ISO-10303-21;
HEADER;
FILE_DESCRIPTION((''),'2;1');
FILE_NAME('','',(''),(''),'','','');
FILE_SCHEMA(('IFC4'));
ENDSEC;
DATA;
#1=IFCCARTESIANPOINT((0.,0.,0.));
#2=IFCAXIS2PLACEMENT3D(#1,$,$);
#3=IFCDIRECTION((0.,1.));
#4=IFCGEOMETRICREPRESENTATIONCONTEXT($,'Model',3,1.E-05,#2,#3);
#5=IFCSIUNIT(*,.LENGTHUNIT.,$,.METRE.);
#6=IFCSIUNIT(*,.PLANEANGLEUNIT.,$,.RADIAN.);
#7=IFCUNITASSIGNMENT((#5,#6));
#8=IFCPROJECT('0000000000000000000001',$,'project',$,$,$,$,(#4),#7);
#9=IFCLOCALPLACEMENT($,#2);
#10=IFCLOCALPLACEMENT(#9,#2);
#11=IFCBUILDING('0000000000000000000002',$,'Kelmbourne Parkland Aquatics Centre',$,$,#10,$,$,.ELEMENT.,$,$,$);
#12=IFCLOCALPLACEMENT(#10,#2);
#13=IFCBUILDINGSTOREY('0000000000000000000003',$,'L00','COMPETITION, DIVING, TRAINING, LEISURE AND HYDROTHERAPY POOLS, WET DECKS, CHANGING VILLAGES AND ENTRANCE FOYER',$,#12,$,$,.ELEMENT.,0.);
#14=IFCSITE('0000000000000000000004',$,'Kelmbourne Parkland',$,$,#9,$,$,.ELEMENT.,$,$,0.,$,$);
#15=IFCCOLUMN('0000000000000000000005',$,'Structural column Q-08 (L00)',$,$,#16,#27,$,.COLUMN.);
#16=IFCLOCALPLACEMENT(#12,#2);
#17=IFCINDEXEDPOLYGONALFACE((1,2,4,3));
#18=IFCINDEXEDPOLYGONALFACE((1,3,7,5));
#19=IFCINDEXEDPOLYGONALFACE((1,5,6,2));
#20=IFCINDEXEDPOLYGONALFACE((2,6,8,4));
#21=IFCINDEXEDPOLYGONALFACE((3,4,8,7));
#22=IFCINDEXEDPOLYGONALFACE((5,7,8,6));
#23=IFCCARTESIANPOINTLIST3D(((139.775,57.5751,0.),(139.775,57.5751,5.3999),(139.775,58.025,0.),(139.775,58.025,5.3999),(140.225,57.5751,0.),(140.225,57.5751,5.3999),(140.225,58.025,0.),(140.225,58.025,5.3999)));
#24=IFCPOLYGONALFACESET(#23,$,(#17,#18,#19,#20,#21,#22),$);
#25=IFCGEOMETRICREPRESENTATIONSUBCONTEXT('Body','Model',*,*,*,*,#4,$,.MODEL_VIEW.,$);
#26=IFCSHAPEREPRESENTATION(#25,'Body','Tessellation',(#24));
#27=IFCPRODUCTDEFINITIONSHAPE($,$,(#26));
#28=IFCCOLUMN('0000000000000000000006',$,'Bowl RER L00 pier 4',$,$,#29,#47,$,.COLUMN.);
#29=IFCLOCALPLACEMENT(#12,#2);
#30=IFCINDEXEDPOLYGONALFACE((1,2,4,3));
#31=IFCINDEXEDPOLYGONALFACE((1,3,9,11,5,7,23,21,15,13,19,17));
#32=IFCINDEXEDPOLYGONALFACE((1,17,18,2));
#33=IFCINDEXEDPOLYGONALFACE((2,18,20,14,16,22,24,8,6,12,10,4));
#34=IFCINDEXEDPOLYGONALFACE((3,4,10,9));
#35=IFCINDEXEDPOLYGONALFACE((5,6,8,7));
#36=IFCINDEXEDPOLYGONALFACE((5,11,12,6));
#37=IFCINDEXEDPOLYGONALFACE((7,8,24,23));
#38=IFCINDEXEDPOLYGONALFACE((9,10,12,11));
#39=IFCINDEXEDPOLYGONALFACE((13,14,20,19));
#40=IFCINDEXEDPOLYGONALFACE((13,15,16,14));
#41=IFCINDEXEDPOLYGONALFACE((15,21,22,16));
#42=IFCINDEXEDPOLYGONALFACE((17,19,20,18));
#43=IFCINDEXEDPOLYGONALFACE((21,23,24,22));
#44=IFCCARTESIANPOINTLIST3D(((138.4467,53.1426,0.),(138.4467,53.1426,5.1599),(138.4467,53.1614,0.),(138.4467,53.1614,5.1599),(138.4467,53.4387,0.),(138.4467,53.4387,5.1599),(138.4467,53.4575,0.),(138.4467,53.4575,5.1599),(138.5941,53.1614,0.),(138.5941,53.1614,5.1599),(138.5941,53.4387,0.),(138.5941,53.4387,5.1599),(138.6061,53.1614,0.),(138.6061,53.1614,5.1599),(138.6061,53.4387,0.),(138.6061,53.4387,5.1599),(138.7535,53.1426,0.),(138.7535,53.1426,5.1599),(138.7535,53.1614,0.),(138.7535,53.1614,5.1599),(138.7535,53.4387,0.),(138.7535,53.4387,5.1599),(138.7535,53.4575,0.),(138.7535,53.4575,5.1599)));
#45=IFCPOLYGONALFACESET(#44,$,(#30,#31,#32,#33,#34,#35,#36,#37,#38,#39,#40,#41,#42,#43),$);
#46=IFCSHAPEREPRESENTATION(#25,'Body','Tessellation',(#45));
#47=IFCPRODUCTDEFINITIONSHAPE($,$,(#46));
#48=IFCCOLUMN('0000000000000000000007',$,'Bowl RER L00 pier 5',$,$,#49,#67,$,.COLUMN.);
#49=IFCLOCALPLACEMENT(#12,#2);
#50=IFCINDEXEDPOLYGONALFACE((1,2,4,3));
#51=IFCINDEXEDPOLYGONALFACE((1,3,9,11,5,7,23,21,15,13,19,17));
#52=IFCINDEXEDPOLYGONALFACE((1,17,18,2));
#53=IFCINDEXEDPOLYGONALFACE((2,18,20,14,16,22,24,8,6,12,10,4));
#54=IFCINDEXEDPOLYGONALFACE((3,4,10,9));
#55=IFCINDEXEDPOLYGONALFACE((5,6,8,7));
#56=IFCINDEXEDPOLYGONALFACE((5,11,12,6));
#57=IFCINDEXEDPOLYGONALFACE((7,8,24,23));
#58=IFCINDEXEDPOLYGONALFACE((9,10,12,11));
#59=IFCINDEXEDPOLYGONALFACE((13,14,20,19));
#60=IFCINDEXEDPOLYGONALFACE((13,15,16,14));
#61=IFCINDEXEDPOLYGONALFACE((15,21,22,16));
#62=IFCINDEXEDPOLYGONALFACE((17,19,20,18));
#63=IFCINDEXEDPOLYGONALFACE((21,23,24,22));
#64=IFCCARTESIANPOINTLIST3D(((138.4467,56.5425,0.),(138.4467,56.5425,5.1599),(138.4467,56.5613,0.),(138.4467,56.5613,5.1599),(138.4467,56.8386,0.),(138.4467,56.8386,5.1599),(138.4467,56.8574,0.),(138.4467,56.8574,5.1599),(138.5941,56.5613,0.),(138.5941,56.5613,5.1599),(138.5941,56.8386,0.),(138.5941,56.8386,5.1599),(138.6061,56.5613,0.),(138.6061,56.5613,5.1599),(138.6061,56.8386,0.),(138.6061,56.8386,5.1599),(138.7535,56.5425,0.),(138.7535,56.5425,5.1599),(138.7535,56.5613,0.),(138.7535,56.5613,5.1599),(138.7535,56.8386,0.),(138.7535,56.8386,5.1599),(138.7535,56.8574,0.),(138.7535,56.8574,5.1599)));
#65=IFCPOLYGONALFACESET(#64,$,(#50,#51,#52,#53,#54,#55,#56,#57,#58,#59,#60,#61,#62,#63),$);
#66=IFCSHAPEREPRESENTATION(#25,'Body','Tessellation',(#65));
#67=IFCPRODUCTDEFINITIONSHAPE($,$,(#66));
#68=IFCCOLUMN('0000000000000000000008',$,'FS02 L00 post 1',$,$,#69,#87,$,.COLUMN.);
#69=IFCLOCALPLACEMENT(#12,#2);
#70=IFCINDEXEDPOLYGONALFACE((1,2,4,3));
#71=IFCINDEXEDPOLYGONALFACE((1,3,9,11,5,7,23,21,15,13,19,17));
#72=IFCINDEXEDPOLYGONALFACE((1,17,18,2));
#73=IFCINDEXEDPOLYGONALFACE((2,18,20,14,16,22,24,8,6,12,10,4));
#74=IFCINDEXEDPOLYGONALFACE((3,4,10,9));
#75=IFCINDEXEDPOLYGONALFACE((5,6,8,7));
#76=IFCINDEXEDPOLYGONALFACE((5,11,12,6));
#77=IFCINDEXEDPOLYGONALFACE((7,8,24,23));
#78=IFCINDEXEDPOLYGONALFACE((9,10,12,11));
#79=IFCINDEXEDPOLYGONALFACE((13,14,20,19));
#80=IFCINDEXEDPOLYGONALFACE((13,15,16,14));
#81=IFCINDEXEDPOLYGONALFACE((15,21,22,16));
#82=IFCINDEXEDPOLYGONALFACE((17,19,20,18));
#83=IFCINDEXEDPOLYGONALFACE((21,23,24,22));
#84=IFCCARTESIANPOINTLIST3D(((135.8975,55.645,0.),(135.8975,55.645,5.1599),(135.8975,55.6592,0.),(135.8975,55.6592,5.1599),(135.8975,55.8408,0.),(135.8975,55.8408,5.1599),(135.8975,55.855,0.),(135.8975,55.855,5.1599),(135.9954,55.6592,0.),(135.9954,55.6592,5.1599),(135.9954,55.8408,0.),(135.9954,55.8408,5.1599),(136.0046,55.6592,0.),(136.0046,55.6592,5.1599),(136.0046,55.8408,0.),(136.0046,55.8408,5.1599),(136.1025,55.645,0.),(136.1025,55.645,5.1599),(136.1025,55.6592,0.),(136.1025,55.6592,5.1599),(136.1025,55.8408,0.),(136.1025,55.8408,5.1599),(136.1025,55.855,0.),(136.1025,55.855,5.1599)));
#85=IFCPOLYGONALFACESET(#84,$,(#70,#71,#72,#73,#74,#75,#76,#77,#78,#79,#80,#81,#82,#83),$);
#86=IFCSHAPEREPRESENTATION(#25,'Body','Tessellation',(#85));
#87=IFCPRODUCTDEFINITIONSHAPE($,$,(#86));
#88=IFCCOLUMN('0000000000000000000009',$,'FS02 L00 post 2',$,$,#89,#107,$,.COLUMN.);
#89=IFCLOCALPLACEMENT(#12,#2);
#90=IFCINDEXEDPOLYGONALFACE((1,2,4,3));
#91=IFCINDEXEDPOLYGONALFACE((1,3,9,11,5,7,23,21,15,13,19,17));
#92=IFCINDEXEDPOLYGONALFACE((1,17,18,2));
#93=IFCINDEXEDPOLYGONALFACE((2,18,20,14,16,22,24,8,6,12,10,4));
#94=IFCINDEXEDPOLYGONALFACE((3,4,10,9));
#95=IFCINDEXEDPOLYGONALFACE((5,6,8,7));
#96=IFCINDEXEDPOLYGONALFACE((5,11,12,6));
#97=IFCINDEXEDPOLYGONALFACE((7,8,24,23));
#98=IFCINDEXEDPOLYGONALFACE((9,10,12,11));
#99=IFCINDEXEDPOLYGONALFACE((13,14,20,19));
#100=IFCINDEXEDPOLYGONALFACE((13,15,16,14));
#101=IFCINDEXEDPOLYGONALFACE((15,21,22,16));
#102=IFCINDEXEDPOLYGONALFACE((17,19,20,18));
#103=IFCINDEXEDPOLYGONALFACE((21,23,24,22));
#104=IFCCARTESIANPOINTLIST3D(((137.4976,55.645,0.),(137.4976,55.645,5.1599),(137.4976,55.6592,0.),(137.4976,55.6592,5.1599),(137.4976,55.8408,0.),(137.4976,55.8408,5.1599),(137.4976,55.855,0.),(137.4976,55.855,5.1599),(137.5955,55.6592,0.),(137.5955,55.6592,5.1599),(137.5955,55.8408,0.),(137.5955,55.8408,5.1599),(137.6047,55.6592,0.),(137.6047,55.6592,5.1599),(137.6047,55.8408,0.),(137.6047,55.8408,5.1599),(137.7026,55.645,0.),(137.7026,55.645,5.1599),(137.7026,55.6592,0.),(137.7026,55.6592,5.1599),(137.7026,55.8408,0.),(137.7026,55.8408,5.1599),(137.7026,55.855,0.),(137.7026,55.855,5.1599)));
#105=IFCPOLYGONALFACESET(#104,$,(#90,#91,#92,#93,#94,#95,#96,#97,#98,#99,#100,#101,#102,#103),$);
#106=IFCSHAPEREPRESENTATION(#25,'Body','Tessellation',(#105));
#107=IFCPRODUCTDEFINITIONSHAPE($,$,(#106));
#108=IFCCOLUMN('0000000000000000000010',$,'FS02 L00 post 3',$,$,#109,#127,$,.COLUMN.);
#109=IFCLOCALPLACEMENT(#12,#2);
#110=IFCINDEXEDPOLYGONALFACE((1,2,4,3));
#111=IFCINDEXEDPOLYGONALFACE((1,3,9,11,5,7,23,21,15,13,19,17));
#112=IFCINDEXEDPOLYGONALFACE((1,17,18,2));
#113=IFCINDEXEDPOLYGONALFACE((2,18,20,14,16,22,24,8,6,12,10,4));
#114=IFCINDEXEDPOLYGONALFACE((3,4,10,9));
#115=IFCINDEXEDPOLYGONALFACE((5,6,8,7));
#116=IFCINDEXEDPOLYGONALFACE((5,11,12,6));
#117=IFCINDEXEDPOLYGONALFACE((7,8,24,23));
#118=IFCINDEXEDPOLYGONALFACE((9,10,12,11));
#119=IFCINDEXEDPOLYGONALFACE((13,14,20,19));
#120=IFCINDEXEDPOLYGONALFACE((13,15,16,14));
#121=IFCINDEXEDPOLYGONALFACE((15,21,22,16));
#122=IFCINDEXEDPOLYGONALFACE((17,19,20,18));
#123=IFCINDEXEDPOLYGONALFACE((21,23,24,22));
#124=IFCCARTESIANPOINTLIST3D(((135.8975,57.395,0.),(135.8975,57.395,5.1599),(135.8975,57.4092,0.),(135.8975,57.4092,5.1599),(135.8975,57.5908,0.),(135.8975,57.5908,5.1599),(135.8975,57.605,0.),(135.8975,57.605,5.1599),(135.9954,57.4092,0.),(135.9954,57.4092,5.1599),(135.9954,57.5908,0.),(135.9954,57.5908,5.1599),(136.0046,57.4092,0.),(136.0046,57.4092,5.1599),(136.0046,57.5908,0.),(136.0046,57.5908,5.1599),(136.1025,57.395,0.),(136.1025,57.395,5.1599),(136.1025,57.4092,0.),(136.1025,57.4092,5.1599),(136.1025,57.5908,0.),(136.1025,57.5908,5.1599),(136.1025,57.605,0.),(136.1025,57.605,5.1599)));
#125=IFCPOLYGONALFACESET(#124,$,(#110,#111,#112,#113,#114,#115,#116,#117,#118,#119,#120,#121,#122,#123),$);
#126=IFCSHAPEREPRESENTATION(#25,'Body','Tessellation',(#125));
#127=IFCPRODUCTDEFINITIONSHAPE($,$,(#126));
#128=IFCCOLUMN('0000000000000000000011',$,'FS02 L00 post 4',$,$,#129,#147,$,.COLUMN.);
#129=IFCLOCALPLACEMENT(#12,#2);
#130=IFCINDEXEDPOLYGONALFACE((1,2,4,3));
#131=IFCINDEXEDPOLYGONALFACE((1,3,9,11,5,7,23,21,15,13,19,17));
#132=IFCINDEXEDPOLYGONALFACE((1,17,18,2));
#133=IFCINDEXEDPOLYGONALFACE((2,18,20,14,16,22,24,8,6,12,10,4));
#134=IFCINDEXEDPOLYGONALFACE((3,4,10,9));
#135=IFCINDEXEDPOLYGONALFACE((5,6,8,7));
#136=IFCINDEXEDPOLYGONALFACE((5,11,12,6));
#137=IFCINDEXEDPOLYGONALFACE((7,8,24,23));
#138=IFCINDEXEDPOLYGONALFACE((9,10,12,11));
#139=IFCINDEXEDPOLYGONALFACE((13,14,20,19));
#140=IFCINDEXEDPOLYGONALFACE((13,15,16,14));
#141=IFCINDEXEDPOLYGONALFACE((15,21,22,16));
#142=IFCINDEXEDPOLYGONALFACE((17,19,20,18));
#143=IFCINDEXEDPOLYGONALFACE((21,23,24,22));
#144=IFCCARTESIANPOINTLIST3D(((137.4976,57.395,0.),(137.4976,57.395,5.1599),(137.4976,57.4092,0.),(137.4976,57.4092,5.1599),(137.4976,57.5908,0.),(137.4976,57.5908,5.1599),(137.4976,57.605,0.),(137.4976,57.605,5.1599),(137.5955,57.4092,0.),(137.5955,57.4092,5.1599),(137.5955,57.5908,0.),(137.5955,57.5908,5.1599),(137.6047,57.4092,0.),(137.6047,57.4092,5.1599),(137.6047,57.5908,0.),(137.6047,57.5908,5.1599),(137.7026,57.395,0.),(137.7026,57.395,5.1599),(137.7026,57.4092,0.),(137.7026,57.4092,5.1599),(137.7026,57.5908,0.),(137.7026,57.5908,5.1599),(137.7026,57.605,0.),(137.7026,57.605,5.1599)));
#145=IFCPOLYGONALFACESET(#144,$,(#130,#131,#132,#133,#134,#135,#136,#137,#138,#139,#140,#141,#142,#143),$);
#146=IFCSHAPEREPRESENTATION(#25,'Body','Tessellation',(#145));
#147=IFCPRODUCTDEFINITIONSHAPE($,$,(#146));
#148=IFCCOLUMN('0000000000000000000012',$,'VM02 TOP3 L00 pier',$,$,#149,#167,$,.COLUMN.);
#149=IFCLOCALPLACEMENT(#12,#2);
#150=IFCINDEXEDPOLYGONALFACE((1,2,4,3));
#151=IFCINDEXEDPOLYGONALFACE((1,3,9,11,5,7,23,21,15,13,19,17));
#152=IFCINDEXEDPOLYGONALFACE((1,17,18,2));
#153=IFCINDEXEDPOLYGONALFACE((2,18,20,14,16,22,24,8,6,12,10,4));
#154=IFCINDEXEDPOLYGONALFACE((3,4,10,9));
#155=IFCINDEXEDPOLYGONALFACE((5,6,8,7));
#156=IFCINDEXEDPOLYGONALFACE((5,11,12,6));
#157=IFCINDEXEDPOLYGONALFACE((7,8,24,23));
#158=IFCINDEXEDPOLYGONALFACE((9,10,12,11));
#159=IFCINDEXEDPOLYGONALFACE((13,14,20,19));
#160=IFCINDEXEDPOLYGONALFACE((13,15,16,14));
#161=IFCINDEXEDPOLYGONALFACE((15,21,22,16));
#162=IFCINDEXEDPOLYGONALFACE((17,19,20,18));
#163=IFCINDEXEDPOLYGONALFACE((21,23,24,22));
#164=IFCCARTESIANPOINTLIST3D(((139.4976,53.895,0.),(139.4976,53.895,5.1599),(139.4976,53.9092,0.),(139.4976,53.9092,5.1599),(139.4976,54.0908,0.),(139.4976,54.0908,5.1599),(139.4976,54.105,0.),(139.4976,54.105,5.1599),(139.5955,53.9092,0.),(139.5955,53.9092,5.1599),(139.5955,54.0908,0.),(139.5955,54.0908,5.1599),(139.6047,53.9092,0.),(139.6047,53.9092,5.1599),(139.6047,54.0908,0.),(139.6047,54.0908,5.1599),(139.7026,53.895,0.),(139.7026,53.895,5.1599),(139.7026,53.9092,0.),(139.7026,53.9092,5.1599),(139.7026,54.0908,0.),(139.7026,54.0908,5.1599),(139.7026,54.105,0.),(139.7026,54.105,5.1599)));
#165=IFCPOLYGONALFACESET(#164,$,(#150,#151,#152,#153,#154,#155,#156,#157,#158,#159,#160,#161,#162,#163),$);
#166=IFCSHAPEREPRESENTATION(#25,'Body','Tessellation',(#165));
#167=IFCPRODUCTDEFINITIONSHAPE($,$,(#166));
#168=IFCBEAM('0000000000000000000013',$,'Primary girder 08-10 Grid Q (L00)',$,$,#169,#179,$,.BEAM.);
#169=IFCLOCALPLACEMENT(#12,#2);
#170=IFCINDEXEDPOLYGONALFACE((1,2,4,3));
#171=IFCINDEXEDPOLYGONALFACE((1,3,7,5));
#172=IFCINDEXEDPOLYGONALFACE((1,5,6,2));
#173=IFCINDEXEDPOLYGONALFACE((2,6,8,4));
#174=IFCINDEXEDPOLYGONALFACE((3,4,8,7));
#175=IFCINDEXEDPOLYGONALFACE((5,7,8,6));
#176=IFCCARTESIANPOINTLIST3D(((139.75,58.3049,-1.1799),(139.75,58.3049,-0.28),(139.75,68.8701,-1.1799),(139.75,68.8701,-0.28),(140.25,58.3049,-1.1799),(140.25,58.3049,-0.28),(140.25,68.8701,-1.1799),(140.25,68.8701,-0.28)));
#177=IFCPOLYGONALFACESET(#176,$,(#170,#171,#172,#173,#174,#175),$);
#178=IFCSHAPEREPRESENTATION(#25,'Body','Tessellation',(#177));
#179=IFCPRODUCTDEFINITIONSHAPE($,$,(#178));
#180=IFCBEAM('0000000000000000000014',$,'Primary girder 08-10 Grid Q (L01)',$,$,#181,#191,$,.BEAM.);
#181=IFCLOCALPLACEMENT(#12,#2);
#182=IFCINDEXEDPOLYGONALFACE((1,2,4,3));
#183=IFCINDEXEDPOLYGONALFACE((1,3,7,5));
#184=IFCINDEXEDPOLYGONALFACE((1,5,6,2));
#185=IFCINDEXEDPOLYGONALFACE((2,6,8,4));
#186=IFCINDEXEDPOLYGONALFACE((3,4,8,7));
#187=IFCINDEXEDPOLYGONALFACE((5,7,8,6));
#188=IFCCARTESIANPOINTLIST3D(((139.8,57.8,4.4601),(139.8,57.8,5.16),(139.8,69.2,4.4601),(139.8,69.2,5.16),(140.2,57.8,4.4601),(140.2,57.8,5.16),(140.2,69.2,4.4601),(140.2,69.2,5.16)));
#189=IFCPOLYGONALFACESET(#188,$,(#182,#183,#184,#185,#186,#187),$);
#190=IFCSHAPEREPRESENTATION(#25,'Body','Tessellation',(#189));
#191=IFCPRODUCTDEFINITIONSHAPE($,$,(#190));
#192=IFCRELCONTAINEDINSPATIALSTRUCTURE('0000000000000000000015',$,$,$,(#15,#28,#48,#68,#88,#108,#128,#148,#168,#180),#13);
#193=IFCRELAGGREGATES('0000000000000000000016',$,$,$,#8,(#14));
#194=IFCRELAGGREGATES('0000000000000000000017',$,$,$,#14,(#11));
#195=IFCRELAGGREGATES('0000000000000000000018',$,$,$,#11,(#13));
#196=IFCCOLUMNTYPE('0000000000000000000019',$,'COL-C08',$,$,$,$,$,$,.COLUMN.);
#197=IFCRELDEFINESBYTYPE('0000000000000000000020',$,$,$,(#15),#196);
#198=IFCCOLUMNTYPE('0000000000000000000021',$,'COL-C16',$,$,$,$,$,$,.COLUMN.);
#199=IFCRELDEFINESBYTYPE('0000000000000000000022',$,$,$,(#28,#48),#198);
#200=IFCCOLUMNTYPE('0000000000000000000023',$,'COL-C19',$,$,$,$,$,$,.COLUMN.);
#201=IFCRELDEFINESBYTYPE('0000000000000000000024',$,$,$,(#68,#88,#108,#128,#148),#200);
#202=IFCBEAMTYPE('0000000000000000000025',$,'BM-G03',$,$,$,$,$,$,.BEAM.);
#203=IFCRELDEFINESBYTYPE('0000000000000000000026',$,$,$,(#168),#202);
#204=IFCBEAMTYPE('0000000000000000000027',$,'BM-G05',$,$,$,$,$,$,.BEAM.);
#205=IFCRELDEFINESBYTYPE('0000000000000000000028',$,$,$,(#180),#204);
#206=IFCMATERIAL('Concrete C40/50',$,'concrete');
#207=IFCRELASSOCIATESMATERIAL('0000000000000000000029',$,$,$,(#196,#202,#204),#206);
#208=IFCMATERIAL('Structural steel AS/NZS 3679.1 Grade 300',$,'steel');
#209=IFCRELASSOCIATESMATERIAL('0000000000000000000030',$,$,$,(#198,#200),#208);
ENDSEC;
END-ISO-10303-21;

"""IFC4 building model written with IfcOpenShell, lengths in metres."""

from ifc_helpers import new_model, si_unit, direction, frame, origin, origin_2d, place, context, subcontext, project, spatial, rectangle, i_section, extrude, material, material_profile, profile_set, type_object, element, save


model = new_model("IFC4")

# Units and contexts
model_context = context("Model", 3, precision=1e-05, world=origin(), true_north=direction((0.0, 1.0)))
body_context = subcontext(model_context, "Body", "Model", "MODEL_VIEW")
ifc_project = project(units=[si_unit("LENGTHUNIT", "METRE"), si_unit("PLANEANGLEUNIT", "RADIAN")], contexts=[model_context])

# Site, building, storey
site_placement = place(None, origin())
site = spatial("IfcSite", under=ifc_project, at=site_placement, Name="Kelmbourne Parkland", CompositionType="ELEMENT", RefElevation=0.0)
building_placement = place(site_placement, origin())
building = spatial("IfcBuilding", under=site, at=building_placement, Name="Kelmbourne Parkland Aquatics Centre", CompositionType="ELEMENT")
storey_placement = place(building_placement, origin())
storey = spatial("IfcBuildingStorey", under=building, at=storey_placement, Name="L00", Description="COMPETITION, DIVING, TRAINING, LEISURE AND HYDROTHERAPY POOLS, WET DECKS, CHANGING VILLAGES AND ENTRANCE FOYER", CompositionType="ELEMENT", Elevation=0.0)

# Columns
ifc_material_1 = material(Name="Concrete C40/50", Category="concrete")
ifc_material_profile_1 = material_profile(ifc_material_1, rectangle(XDim=0.45, YDim=0.45, at=origin_2d()), Name="RC 450x450")
ifc_profile_set_1 = profile_set([ifc_material_profile_1], Name="Concrete C40/50")
column_type_1 = type_object("IfcColumnType", Name="COL-C08", PredefinedType="COLUMN", material=ifc_profile_set_1)
column_placement = place(storey_placement, frame((140.0, 57.8, 0.0), z_axis=(0.0, 0.0, 1.0), x_axis=(1.0, 0.0, 0.0)))
element("IfcColumn", 1, at=column_placement, inside=storey, type_object=column_type_1, Name="Structural column Q-08 (L00)", PredefinedType="COLUMN", context=body_context, shape_type="SweptSolid", body=[
    extrude(rectangle(XDim=0.45, YDim=0.45, at=origin_2d()), origin(), (0.0, 0.0, 1.0), 5.3999),
])
ifc_material_2 = material(Name="Structural steel AS/NZS 3679.1 Grade 300", Category="steel")
ifc_material_profile_2 = material_profile(ifc_material_2, i_section(OverallWidth=0.3069, OverallDepth=0.3149, WebThickness=0.012, FlangeThickness=0.0188, at=origin_2d()), Name="310UC118")
ifc_profile_set_2 = profile_set([ifc_material_profile_2], Name="Structural steel AS/NZS 3679.1 Grade 300")
column_type_2 = type_object("IfcColumnType", Name="COL-C16", PredefinedType="COLUMN", material=ifc_profile_set_2)
for number, where, z_axis, x_axis, name in (
    (2, (138.6001, 53.3, 0.0), (0.0, 0.0, 1.0), (1.0, 0.0, 0.0), "Bowl RER L00 pier 4"),
    (3, (138.6001, 56.7, 0.0), (0.0, 0.0, 1.0), (1.0, 0.0, 0.0), "Bowl RER L00 pier 5"),
):
    element("IfcColumn", number, at=place(storey_placement, frame(where, z_axis=z_axis, x_axis=x_axis)), inside=storey, type_object=column_type_2, Name=name, PredefinedType="COLUMN", context=body_context, shape_type="SweptSolid", body=[
        extrude(i_section(OverallWidth=0.3069, OverallDepth=0.3149, WebThickness=0.012, FlangeThickness=0.0188, at=origin_2d()), origin(), (0.0, 0.0, 1.0), 5.1599),
    ])
ifc_material_profile_3 = material_profile(ifc_material_2, i_section(OverallWidth=0.2051, OverallDepth=0.21, WebThickness=0.0093, FlangeThickness=0.0142, at=origin_2d()), Name="200UC59.5")
ifc_profile_set_3 = profile_set([ifc_material_profile_3], Name="Structural steel AS/NZS 3679.1 Grade 300")
column_type_3 = type_object("IfcColumnType", Name="COL-C19", PredefinedType="COLUMN", material=ifc_profile_set_3)
for number, where, z_axis, x_axis, name in (
    (4, (136.0, 55.75, 0.0), (0.0, 0.0, 1.0), (1.0, 0.0, 0.0), "FS02 L00 post 1"),
    (5, (137.6001, 55.75, 0.0), (0.0, 0.0, 1.0), (1.0, 0.0, 0.0), "FS02 L00 post 2"),
    (6, (136.0, 57.5, 0.0), (0.0, 0.0, 1.0), (1.0, 0.0, 0.0), "FS02 L00 post 3"),
    (7, (137.6001, 57.5, 0.0), (0.0, 0.0, 1.0), (1.0, 0.0, 0.0), "FS02 L00 post 4"),
    (8, (139.6001, 54.0, 0.0), (0.0, 0.0, 1.0), (1.0, 0.0, 0.0), "VM02 TOP3 L00 pier"),
):
    element("IfcColumn", number, at=place(storey_placement, frame(where, z_axis=z_axis, x_axis=x_axis)), inside=storey, type_object=column_type_3, Name=name, PredefinedType="COLUMN", context=body_context, shape_type="SweptSolid", body=[
        extrude(i_section(OverallWidth=0.2051, OverallDepth=0.21, WebThickness=0.0093, FlangeThickness=0.0142, at=origin_2d()), origin(), (0.0, 0.0, 1.0), 5.1599),
    ])

# Beams
ifc_material_profile_4 = material_profile(ifc_material_1, rectangle(XDim=0.5, YDim=0.8999, at=origin_2d()), Name="RC 500x900")
ifc_profile_set_4 = profile_set([ifc_material_profile_4], Name="Concrete C40/50")
beam_type_1 = type_object("IfcBeamType", Name="BM-G03", PredefinedType="BEAM", material=ifc_profile_set_4)
beam_1_placement = place(storey_placement, frame((140.0, 58.3049, -0.73), z_axis=(0.0, 1.0, 0.0), x_axis=(-1.0, 0.0, 0.0)))
element("IfcBeam", 9, at=beam_1_placement, inside=storey, type_object=beam_type_1, Name="Primary girder 08-10 Grid Q (L00)", PredefinedType="BEAM", context=body_context, shape_type="SweptSolid", body=[
    extrude(rectangle(XDim=0.5, YDim=0.8999, at=origin_2d()), origin(), (0.0, 0.0, 1.0), 10.5652),
])
ifc_material_profile_5 = material_profile(ifc_material_1, rectangle(XDim=0.3999, YDim=0.7, at=origin_2d()), Name="RC 400x700")
ifc_profile_set_5 = profile_set([ifc_material_profile_5], Name="Concrete C40/50")
beam_type_2 = type_object("IfcBeamType", Name="BM-G05", PredefinedType="BEAM", material=ifc_profile_set_5)
beam_2_placement = place(storey_placement, frame((140.0, 57.8, 4.8101), z_axis=(0.0, 1.0, 0.0), x_axis=(-1.0, 0.0, 0.0)))
element("IfcBeam", 10, at=beam_2_placement, inside=storey, type_object=beam_type_2, Name="Primary girder 08-10 Grid Q (L01)", PredefinedType="BEAM", context=body_context, shape_type="SweptSolid", body=[
    extrude(rectangle(XDim=0.3999, YDim=0.7, at=origin_2d()), origin(), (0.0, 0.0, 1.0), 11.3999),
])

save(model, "model.ifc")
